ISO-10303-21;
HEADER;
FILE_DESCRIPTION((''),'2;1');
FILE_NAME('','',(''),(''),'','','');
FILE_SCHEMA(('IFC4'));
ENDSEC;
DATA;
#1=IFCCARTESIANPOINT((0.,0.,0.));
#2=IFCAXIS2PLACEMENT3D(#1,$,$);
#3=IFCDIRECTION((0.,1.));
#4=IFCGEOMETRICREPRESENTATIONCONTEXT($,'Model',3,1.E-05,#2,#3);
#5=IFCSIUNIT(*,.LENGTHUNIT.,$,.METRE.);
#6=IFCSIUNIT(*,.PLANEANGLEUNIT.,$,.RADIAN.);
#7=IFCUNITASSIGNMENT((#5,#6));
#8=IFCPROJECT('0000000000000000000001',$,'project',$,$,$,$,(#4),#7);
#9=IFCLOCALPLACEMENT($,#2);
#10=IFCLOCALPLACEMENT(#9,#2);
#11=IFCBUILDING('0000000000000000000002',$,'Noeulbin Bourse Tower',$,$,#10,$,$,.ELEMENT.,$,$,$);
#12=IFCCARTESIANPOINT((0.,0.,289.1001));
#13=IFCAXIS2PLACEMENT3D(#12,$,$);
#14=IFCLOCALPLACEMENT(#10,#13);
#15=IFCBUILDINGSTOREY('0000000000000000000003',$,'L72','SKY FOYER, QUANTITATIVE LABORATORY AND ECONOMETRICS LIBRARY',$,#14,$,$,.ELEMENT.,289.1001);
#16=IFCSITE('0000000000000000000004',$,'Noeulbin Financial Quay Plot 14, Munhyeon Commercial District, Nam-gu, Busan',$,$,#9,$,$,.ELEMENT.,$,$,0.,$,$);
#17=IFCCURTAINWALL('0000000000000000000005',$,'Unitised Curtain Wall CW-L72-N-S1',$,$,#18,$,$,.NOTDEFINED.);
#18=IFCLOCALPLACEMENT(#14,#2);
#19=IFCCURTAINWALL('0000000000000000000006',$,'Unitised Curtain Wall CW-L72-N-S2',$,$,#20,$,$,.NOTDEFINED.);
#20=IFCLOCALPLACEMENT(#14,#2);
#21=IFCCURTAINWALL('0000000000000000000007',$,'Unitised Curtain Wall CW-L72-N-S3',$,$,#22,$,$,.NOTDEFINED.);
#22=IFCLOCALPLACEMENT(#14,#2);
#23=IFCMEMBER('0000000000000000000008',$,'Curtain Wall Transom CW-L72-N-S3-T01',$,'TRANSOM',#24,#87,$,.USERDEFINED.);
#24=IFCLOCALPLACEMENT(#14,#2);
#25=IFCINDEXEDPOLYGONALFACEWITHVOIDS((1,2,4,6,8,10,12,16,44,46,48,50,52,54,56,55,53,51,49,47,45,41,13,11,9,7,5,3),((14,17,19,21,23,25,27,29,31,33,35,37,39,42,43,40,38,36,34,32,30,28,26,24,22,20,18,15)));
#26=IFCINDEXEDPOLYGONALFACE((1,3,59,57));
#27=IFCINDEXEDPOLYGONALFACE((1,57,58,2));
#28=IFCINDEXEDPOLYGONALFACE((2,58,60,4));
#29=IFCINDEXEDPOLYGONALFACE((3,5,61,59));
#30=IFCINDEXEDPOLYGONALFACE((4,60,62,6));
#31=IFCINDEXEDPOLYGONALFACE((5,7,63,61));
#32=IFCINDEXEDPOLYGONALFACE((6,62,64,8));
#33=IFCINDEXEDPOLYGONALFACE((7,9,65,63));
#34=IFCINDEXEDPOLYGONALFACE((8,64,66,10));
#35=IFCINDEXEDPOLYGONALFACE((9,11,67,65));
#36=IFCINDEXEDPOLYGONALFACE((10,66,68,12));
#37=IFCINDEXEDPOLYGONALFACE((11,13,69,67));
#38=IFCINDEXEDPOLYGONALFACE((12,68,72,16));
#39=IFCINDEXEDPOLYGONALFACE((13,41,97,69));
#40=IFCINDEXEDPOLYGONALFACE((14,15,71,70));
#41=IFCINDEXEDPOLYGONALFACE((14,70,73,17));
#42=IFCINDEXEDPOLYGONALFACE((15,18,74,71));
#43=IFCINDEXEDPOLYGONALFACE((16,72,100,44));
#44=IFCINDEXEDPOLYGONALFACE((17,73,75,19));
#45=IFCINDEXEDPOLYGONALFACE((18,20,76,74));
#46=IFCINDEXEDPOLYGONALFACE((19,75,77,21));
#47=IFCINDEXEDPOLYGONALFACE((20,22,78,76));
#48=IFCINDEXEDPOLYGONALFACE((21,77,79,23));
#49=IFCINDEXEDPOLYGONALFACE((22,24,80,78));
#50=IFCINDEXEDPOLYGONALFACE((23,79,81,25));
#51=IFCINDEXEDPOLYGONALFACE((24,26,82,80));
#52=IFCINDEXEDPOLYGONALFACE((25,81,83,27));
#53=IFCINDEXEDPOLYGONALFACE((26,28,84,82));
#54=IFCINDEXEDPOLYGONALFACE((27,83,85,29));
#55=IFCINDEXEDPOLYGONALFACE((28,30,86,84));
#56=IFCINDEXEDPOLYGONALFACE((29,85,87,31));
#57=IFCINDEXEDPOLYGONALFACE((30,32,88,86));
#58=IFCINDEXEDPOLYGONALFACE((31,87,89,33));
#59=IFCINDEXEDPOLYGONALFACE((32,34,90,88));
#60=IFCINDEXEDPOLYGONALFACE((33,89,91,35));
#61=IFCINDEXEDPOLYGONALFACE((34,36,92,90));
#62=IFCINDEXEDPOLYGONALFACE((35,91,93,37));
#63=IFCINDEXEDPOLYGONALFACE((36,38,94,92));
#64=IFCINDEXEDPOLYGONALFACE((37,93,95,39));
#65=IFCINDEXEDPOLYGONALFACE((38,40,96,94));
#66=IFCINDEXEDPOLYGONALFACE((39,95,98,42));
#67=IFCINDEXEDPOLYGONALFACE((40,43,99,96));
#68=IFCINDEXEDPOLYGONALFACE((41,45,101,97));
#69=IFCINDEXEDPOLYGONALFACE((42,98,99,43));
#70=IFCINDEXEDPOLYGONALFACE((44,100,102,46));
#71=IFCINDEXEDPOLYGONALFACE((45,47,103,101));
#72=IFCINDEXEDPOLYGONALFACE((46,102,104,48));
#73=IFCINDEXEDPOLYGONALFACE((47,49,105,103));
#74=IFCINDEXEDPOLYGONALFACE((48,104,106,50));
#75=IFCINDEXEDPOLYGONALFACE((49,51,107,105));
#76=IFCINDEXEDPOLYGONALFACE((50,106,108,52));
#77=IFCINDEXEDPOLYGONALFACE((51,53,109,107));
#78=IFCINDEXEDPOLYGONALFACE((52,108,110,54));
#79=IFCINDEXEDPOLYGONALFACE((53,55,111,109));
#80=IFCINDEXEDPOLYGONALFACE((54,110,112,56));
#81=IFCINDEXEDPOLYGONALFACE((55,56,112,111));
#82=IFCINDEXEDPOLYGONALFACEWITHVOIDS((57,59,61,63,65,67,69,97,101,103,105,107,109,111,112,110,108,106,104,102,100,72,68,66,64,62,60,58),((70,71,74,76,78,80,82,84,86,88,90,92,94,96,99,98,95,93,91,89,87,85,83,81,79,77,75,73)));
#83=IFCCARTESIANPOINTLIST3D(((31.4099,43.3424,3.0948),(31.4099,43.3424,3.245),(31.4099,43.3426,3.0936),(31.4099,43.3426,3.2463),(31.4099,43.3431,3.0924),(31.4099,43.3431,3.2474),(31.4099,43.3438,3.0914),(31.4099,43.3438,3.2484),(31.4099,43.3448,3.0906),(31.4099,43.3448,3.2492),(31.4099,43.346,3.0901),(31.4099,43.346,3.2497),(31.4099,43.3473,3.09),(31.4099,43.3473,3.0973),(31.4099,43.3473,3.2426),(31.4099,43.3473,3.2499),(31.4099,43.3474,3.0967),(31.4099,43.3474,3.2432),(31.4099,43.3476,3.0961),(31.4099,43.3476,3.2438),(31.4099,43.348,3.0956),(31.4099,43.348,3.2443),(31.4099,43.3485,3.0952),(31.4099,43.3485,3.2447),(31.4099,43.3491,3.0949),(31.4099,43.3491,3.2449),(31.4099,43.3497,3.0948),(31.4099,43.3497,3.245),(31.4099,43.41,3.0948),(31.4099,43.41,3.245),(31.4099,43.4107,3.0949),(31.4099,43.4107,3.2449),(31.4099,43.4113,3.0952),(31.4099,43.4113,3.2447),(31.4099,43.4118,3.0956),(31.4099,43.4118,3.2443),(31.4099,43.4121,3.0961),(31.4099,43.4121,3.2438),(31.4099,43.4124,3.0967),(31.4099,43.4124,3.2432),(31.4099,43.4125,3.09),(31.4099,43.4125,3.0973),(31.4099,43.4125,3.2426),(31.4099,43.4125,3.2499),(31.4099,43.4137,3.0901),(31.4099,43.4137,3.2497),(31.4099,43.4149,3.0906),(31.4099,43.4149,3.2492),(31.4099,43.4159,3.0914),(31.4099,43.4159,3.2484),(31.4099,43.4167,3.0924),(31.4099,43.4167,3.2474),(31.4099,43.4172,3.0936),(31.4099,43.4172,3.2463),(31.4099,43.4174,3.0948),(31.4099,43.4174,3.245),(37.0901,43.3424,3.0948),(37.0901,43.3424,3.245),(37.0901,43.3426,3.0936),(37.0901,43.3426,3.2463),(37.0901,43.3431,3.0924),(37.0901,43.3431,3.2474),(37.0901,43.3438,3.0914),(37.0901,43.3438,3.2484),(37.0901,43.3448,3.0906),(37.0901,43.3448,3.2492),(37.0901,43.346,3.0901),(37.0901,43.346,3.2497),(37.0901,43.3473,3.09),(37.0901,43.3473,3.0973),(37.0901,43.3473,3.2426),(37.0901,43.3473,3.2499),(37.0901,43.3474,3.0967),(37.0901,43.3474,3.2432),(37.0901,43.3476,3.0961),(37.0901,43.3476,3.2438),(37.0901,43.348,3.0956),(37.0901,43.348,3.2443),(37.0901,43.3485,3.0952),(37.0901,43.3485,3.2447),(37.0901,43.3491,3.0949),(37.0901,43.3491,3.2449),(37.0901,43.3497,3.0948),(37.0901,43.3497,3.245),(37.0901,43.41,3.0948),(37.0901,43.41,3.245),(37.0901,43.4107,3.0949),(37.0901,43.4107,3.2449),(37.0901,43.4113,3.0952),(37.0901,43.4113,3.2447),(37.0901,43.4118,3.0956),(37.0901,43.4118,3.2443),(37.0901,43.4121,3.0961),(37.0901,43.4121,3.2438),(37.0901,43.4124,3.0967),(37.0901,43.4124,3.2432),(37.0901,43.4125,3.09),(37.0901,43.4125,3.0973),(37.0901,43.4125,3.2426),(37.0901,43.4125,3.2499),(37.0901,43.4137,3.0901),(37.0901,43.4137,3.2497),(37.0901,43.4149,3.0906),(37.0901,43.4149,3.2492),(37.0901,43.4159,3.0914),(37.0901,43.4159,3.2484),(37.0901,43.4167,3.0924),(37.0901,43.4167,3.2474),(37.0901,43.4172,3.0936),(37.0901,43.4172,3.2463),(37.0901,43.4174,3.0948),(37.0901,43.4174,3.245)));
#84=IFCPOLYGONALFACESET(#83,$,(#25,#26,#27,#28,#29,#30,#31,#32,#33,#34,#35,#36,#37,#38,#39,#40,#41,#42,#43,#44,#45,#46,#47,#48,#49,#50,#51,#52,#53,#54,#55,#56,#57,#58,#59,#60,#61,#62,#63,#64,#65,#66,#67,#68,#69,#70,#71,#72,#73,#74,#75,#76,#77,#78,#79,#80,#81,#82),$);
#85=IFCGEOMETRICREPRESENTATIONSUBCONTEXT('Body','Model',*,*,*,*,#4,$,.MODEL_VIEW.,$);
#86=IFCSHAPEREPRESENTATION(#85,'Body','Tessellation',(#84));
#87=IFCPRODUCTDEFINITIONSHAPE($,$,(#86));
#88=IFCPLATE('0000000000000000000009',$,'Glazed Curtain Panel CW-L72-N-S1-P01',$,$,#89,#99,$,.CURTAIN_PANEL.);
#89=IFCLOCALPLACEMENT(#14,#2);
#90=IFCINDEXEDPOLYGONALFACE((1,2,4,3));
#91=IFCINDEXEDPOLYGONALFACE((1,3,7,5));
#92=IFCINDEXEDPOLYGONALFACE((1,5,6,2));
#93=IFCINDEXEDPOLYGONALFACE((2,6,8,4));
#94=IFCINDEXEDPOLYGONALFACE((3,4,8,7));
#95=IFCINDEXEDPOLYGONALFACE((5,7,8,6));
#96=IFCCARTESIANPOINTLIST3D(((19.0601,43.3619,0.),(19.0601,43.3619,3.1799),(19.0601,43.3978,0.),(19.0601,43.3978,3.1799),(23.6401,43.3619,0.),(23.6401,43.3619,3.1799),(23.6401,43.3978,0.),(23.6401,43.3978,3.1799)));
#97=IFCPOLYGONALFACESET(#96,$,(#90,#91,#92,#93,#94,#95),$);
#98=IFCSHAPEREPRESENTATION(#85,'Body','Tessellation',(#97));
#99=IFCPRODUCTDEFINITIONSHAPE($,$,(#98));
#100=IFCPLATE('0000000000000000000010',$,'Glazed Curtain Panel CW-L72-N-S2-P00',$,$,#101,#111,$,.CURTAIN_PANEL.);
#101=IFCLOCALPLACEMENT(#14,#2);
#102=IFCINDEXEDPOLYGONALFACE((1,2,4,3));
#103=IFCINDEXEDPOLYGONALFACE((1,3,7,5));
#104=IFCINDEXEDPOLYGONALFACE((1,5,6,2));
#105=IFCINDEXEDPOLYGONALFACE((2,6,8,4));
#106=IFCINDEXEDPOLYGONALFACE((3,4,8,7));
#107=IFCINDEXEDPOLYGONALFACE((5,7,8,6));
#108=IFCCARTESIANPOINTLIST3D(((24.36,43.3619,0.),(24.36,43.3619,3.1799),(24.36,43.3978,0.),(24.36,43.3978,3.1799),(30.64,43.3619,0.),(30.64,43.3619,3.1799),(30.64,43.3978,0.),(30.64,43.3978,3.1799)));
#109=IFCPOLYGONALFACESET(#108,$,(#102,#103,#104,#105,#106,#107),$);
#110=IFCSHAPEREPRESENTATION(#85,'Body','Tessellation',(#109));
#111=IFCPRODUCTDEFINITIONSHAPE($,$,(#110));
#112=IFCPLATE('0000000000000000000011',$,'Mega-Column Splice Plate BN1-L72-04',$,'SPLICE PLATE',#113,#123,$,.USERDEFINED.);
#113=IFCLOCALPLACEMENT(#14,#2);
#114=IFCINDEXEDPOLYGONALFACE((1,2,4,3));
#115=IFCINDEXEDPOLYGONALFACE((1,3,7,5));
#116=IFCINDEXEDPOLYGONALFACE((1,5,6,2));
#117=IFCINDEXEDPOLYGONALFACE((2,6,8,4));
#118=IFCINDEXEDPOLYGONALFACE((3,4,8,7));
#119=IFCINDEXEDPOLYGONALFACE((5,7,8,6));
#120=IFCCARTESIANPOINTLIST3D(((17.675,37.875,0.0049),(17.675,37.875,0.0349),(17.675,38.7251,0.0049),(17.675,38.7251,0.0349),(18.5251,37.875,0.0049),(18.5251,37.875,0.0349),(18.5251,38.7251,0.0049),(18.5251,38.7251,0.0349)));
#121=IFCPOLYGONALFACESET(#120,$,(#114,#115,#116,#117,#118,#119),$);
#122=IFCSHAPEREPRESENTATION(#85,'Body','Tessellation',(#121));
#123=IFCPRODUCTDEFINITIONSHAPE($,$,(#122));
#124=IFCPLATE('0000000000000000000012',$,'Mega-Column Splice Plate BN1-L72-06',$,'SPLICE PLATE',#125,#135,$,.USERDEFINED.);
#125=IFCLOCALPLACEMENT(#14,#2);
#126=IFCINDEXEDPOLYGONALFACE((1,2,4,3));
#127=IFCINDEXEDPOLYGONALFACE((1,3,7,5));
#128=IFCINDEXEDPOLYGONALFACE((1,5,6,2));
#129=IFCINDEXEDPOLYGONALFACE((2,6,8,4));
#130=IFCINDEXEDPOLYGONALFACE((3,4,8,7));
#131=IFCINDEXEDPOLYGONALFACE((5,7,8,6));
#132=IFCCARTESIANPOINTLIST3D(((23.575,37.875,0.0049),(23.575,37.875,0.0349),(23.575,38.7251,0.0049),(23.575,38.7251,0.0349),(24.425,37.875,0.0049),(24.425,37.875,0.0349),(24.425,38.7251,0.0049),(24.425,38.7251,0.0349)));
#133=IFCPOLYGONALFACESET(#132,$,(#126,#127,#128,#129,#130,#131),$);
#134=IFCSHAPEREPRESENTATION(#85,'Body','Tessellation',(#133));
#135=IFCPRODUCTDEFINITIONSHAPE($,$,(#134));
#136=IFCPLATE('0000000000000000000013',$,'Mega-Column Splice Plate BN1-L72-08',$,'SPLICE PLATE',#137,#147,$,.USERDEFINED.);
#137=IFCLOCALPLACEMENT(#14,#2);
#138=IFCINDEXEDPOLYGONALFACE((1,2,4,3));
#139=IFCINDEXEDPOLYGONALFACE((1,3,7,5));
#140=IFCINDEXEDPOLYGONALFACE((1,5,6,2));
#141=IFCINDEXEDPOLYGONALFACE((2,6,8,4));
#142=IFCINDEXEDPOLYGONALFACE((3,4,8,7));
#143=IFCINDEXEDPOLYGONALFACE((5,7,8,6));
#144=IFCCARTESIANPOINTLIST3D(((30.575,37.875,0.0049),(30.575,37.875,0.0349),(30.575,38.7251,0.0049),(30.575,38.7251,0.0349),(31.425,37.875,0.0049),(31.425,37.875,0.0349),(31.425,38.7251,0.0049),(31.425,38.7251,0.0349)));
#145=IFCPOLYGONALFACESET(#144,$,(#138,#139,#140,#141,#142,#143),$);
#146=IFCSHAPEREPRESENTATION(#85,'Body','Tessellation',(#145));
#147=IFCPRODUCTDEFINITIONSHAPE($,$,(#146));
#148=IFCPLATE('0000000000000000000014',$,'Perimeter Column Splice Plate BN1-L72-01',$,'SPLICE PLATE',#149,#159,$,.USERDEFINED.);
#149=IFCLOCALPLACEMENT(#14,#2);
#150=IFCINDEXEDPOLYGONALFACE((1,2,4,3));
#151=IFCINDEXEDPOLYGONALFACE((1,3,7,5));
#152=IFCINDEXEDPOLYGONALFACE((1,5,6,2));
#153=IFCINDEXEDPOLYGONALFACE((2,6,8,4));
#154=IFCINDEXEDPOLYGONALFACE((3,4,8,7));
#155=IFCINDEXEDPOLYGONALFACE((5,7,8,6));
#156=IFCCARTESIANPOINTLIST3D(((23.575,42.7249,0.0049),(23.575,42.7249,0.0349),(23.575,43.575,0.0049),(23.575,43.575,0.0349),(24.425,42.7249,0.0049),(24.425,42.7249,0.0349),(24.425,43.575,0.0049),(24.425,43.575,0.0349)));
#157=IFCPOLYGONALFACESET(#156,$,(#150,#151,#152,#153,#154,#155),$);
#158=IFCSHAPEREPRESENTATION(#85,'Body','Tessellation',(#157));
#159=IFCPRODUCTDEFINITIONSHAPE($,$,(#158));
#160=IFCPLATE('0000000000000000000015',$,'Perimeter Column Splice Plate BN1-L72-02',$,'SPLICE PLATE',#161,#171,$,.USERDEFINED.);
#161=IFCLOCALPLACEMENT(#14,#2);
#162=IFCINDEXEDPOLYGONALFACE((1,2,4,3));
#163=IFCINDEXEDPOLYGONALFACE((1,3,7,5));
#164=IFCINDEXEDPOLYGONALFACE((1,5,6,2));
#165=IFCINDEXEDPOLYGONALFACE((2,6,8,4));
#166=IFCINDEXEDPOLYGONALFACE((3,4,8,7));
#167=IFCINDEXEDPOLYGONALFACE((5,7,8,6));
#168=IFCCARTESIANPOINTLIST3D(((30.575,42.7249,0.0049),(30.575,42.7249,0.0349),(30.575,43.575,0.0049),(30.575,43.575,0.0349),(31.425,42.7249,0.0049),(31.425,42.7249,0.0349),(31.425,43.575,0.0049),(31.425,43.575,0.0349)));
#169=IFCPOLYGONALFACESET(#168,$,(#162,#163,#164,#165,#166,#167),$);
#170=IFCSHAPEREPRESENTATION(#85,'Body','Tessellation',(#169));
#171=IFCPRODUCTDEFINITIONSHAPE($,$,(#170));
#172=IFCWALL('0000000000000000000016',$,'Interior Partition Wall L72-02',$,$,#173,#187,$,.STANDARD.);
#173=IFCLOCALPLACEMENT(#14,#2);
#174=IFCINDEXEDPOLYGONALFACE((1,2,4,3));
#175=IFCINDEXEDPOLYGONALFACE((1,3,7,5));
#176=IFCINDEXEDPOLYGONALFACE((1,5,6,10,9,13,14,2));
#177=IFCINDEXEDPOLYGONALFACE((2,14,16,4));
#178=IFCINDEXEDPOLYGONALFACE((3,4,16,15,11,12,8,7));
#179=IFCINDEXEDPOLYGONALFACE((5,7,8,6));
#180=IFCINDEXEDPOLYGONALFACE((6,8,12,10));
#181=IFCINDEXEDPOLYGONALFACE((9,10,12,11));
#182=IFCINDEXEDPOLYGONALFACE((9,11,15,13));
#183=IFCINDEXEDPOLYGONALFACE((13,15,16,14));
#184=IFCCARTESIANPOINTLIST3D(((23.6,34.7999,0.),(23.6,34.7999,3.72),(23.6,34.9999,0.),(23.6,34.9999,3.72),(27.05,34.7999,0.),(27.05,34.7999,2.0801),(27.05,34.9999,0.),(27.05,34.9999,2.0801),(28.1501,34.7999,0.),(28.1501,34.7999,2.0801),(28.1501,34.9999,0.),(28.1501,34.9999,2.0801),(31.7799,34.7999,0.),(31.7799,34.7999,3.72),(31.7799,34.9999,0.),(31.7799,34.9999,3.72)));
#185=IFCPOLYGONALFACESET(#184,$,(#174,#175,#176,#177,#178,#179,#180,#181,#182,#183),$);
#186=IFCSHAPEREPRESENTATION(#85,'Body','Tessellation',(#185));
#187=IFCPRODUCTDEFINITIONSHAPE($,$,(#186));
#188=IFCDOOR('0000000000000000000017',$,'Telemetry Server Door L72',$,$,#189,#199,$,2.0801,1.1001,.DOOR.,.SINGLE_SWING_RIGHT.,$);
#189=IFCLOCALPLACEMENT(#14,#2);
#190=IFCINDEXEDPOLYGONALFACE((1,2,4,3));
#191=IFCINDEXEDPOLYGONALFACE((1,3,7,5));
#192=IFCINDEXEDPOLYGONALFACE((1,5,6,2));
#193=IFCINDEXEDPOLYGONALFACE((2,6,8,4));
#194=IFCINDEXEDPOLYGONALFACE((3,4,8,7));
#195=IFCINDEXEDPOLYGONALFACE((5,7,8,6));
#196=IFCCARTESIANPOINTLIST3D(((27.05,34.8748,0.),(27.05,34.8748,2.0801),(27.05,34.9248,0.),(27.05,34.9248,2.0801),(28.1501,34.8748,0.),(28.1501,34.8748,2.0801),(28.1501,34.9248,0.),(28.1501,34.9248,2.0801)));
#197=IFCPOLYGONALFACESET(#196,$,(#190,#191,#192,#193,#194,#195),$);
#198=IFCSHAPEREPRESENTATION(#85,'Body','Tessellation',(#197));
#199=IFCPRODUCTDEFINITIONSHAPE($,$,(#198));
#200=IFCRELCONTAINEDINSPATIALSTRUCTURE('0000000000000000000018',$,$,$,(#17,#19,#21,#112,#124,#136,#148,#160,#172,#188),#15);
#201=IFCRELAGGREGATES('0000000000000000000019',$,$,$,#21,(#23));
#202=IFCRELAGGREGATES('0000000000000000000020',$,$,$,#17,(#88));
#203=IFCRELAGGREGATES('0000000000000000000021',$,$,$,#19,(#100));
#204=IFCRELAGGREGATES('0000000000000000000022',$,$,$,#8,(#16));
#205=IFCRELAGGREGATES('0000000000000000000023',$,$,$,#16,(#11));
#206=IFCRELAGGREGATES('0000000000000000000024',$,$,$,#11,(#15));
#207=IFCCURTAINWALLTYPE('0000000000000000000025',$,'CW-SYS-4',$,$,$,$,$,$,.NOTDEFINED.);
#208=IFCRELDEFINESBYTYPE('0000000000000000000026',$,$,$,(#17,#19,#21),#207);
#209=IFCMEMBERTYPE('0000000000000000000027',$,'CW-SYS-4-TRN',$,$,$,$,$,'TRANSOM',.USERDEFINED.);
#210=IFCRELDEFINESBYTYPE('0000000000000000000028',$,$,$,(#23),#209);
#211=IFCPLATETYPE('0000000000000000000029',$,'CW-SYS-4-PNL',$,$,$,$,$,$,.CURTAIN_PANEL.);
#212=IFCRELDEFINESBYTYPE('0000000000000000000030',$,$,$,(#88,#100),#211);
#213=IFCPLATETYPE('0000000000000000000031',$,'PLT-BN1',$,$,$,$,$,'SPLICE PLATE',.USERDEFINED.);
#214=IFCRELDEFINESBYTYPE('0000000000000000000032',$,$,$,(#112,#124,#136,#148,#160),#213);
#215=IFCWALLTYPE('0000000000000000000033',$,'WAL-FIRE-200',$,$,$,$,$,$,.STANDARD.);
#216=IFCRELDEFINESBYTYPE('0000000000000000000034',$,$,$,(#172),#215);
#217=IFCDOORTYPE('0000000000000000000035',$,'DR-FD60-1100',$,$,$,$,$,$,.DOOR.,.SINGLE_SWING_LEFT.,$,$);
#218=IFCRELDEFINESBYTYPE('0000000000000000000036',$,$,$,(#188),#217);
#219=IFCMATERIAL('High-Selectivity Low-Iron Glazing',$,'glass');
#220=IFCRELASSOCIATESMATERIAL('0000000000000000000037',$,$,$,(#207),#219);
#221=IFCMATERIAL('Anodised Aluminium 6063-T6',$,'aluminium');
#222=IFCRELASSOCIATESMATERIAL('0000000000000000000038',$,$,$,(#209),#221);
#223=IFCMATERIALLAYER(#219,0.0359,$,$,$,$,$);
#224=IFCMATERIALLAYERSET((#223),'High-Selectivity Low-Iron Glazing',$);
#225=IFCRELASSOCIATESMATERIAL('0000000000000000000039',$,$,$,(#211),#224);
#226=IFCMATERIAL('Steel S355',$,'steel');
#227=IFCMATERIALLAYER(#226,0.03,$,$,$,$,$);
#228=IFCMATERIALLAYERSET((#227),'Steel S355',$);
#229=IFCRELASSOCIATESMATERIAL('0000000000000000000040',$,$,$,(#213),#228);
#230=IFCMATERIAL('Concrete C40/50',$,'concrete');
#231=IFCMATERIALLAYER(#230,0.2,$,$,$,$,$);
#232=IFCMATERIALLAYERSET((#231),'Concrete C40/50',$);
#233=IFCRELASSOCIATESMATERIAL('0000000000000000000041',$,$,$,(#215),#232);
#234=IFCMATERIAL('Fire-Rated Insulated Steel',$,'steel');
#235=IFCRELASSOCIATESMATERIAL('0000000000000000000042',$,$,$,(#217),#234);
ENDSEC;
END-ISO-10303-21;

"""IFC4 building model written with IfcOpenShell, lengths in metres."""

from ifc_helpers import new_model, si_unit, direction, frame, frame_2d, origin, origin_2d, place, context, subcontext, project, spatial, rectangle, hollow_rectangle, extrude, material, layer, layer_set, material_profile, profile_set, type_object, element, fill, aggregate, save


model = new_model("IFC4")

# Units and contexts
model_context = context("Model", 3, precision=1e-05, world=origin(), true_north=direction((0.0, 1.0)))
body_context = subcontext(model_context, "Body", "Model", "MODEL_VIEW")
ifc_project = project(units=[si_unit("LENGTHUNIT", "METRE"), si_unit("PLANEANGLEUNIT", "RADIAN")], contexts=[model_context])

# Site, building, storey
site_placement = place(None, origin())
site = spatial("IfcSite", under=ifc_project, at=site_placement, Name="Noeulbin Financial Quay Plot 14, Munhyeon Commercial District, Nam-gu, Busan", CompositionType="ELEMENT", RefElevation=0.0)
building_placement = place(site_placement, origin())
building = spatial("IfcBuilding", under=site, at=building_placement, Name="Noeulbin Bourse Tower", CompositionType="ELEMENT")
storey_placement = place(building_placement, frame((0.0, 0.0, 289.1001)))
storey = spatial("IfcBuildingStorey", under=building, at=storey_placement, Name="L72", Description="SKY FOYER, QUANTITATIVE LABORATORY AND ECONOMETRICS LIBRARY", CompositionType="ELEMENT", Elevation=289.1001)

# Shared definitions
ifc_material_1 = material(Name="Steel S355", Category="steel")

# Curtain walls
ifc_material_2 = material(Name="High-Selectivity Low-Iron Glazing", Category="glass")
curtain_wall_type = type_object("IfcCurtainWallType", Name="CW-SYS-4", PredefinedType="NOTDEFINED", material=ifc_material_2)
curtain_wall_1_placement = place(storey_placement, origin())
curtain_wall_1 = element("IfcCurtainWall", 1, at=curtain_wall_1_placement, inside=storey, type_object=curtain_wall_type, Name="Unitised Curtain Wall CW-L72-N-S1", PredefinedType="NOTDEFINED")
ifc_material_3 = material(Name="Anodised Aluminium 6063-T6", Category="aluminium")
curtain_wall_2_placement = place(storey_placement, origin())
curtain_wall_2 = element("IfcCurtainWall", 2, at=curtain_wall_2_placement, inside=storey, type_object=curtain_wall_type, Name="Unitised Curtain Wall CW-L72-N-S2", PredefinedType="NOTDEFINED")

# Curtain wall
curtain_wall_3_placement = place(storey_placement, origin())
curtain_wall_3 = element("IfcCurtainWall", 3, at=curtain_wall_3_placement, inside=storey, type_object=curtain_wall_type, Name="Unitised Curtain Wall CW-L72-N-S3", PredefinedType="NOTDEFINED")

# Member
ifc_material_profile_1 = material_profile(ifc_material_3, hollow_rectangle(XDim=0.075, YDim=0.1599, WallThickness=0.0049, InnerFilletRadius=0.0024, OuterFilletRadius=0.0049, at=origin_2d()), Name="ALU-TRAN-75x160x5", Category="LoadBearing")
ifc_profile_set_1 = profile_set([ifc_material_profile_1], Name="Anodised Aluminium 6063-T6")
member_type_1 = type_object("IfcMemberType", Name="CW-SYS-4-TRN", ElementType="TRANSOM", PredefinedType="USERDEFINED", material=ifc_profile_set_1)
member_1_placement = place(storey_placement, frame((31.4099, 43.3799, 3.1699), z_axis=(1.0, 0.0, 0.0), x_axis=(0.0, 1.0, 0.0)))
member_1 = element("IfcMember", 4, at=member_1_placement, type_object=member_type_1, Name="Curtain Wall Transom CW-L72-N-S3-T01", ObjectType="TRANSOM", PredefinedType="USERDEFINED", context=body_context, shape_type="SweptSolid", body=[
    extrude(hollow_rectangle(XDim=0.075, YDim=0.1599, WallThickness=0.0049, InnerFilletRadius=0.0024, OuterFilletRadius=0.0049, at=origin_2d()), origin(), (0.0, 0.0, 1.0), 5.6802),
])
aggregate(curtain_wall_3, [member_1])

# Plates
ifc_layer_1 = layer(ifc_material_2, 0.0359)
ifc_layer_set_1 = layer_set([ifc_layer_1], Name="High-Selectivity Low-Iron Glazing")
plate_type_1 = type_object("IfcPlateType", Name="CW-SYS-4-PNL", PredefinedType="CURTAIN_PANEL", material=ifc_layer_set_1)
plate_1_placement = place(storey_placement, frame((21.3501, 43.3799, 0.0), z_axis=(0.0, 0.0, 1.0), x_axis=(1.0, 0.0, 0.0)))
plate_1 = element("IfcPlate", 5, at=plate_1_placement, type_object=plate_type_1, Name="Glazed Curtain Panel CW-L72-N-S1-P01", PredefinedType="CURTAIN_PANEL", context=body_context, shape_type="SweptSolid", body=[
    extrude(rectangle(XDim=4.5801, YDim=0.0359, at=origin_2d()), origin(), (0.0, 0.0, 1.0), 3.1799),
])
aggregate(curtain_wall_1, [plate_1])
plate_2_placement = place(storey_placement, frame((27.5, 43.3799, 0.0), z_axis=(0.0, 0.0, 1.0), x_axis=(1.0, 0.0, 0.0)))
plate_2 = element("IfcPlate", 6, at=plate_2_placement, type_object=plate_type_1, Name="Glazed Curtain Panel CW-L72-N-S2-P00", PredefinedType="CURTAIN_PANEL", context=body_context, shape_type="SweptSolid", body=[
    extrude(rectangle(XDim=6.28, YDim=0.0359, at=origin_2d()), origin(), (0.0, 0.0, 1.0), 3.1799),
])
aggregate(curtain_wall_2, [plate_2])

# Plates
ifc_layer_2 = layer(ifc_material_1, 0.03)
ifc_layer_set_2 = layer_set([ifc_layer_2], Name="Steel S355")
plate_type_2 = type_object("IfcPlateType", Name="PLT-BN1", ElementType="SPLICE PLATE", PredefinedType="USERDEFINED", material=ifc_layer_set_2)
for number, where, z_axis, x_axis, name in (
    (7, (18.1001, 38.3, 0.0049), (0.0, 0.0, 1.0), (1.0, 0.0, 0.0), "Mega-Column Splice Plate BN1-L72-04"),
    (8, (24.0, 38.3, 0.0049), (0.0, 0.0, 1.0), (1.0, 0.0, 0.0), "Mega-Column Splice Plate BN1-L72-06"),
    (9, (31.0, 38.3, 0.0049), (0.0, 0.0, 1.0), (1.0, 0.0, 0.0), "Mega-Column Splice Plate BN1-L72-08"),
    (10, (24.0, 43.1499, 0.0049), (0.0, 0.0, 1.0), (1.0, 0.0, 0.0), "Perimeter Column Splice Plate BN1-L72-01"),
    (11, (31.0, 43.1499, 0.0049), (0.0, 0.0, 1.0), (1.0, 0.0, 0.0), "Perimeter Column Splice Plate BN1-L72-02"),
):
    element("IfcPlate", number, at=place(storey_placement, frame(where, z_axis=z_axis, x_axis=x_axis)), inside=storey, type_object=plate_type_2, Name=name, ObjectType="SPLICE PLATE", PredefinedType="USERDEFINED", context=body_context, shape_type="SweptSolid", body=[
        extrude(rectangle(XDim=0.8501, YDim=0.8501, at=origin_2d()), origin(), (0.0, 0.0, 1.0), 0.03),
    ])

# Wall, opening, door
ifc_material_4 = material(Name="Concrete C40/50", Category="concrete")
ifc_layer_3 = layer(ifc_material_4, 0.2)
ifc_layer_set_3 = layer_set([ifc_layer_3], Name="Concrete C40/50")
wall_type_1 = type_object("IfcWallType", Name="WAL-FIRE-200", PredefinedType="STANDARD", material=ifc_layer_set_3)
wall_1_placement = place(storey_placement, frame((23.6001, 34.8999, 0.0), z_axis=(0.0, 0.0, 1.0), x_axis=(1.0, 0.0, 0.0)))
wall_1 = element("IfcWall", 12, at=wall_1_placement, inside=storey, type_object=wall_type_1, Name="Interior Partition Wall L72-02", PredefinedType="STANDARD", context=body_context, shape_type="SweptSolid", body=[
    extrude(rectangle(XDim=8.1799, YDim=0.2, at=frame_2d((4.0898, 0.0))), origin(), (0.0, 0.0, 1.0), 3.72),
])
opening_placement = place(wall_1_placement, frame((3.45, 0.0, 0.0)))
opening = element("IfcOpeningElement", 13, at=opening_placement, cuts=wall_1, PredefinedType="OPENING", context=body_context, shape_type="SweptSolid", body=[
    extrude(rectangle(XDim=1.1001, YDim=2.0801, at=frame_2d((0.55, 1.04))), frame((0.0, 0.1099, 0.0), z_axis=(0.0, -1.0, 0.0), x_axis=(1.0, 0.0, 0.0)), (0.0, 0.0, 1.0), 0.22),
])
ifc_material_5 = material(Name="Fire-Rated Insulated Steel", Category="steel")
door_type = type_object("IfcDoorType", Name="DR-FD60-1100", OperationType="SINGLE_SWING_LEFT", PredefinedType="DOOR", material=ifc_material_5)
door_placement = place(opening_placement, origin())
door = element("IfcDoor", 14, at=door_placement, inside=storey, type_object=door_type, Name="Telemetry Server Door L72", OperationType="SINGLE_SWING_RIGHT", OverallHeight=2.0801, OverallWidth=1.1001, PredefinedType="DOOR", context=body_context, shape_type="SweptSolid", body=[
    extrude(rectangle(XDim=1.1001, YDim=2.0801, at=frame_2d((0.55, 1.04))), frame((0.0, 0.0249, 0.0), z_axis=(0.0, -1.0, 0.0), x_axis=(1.0, 0.0, 0.0)), (0.0, 0.0, 1.0), 0.05),
])
fill(opening, door)

save(model, "model.ifc")
